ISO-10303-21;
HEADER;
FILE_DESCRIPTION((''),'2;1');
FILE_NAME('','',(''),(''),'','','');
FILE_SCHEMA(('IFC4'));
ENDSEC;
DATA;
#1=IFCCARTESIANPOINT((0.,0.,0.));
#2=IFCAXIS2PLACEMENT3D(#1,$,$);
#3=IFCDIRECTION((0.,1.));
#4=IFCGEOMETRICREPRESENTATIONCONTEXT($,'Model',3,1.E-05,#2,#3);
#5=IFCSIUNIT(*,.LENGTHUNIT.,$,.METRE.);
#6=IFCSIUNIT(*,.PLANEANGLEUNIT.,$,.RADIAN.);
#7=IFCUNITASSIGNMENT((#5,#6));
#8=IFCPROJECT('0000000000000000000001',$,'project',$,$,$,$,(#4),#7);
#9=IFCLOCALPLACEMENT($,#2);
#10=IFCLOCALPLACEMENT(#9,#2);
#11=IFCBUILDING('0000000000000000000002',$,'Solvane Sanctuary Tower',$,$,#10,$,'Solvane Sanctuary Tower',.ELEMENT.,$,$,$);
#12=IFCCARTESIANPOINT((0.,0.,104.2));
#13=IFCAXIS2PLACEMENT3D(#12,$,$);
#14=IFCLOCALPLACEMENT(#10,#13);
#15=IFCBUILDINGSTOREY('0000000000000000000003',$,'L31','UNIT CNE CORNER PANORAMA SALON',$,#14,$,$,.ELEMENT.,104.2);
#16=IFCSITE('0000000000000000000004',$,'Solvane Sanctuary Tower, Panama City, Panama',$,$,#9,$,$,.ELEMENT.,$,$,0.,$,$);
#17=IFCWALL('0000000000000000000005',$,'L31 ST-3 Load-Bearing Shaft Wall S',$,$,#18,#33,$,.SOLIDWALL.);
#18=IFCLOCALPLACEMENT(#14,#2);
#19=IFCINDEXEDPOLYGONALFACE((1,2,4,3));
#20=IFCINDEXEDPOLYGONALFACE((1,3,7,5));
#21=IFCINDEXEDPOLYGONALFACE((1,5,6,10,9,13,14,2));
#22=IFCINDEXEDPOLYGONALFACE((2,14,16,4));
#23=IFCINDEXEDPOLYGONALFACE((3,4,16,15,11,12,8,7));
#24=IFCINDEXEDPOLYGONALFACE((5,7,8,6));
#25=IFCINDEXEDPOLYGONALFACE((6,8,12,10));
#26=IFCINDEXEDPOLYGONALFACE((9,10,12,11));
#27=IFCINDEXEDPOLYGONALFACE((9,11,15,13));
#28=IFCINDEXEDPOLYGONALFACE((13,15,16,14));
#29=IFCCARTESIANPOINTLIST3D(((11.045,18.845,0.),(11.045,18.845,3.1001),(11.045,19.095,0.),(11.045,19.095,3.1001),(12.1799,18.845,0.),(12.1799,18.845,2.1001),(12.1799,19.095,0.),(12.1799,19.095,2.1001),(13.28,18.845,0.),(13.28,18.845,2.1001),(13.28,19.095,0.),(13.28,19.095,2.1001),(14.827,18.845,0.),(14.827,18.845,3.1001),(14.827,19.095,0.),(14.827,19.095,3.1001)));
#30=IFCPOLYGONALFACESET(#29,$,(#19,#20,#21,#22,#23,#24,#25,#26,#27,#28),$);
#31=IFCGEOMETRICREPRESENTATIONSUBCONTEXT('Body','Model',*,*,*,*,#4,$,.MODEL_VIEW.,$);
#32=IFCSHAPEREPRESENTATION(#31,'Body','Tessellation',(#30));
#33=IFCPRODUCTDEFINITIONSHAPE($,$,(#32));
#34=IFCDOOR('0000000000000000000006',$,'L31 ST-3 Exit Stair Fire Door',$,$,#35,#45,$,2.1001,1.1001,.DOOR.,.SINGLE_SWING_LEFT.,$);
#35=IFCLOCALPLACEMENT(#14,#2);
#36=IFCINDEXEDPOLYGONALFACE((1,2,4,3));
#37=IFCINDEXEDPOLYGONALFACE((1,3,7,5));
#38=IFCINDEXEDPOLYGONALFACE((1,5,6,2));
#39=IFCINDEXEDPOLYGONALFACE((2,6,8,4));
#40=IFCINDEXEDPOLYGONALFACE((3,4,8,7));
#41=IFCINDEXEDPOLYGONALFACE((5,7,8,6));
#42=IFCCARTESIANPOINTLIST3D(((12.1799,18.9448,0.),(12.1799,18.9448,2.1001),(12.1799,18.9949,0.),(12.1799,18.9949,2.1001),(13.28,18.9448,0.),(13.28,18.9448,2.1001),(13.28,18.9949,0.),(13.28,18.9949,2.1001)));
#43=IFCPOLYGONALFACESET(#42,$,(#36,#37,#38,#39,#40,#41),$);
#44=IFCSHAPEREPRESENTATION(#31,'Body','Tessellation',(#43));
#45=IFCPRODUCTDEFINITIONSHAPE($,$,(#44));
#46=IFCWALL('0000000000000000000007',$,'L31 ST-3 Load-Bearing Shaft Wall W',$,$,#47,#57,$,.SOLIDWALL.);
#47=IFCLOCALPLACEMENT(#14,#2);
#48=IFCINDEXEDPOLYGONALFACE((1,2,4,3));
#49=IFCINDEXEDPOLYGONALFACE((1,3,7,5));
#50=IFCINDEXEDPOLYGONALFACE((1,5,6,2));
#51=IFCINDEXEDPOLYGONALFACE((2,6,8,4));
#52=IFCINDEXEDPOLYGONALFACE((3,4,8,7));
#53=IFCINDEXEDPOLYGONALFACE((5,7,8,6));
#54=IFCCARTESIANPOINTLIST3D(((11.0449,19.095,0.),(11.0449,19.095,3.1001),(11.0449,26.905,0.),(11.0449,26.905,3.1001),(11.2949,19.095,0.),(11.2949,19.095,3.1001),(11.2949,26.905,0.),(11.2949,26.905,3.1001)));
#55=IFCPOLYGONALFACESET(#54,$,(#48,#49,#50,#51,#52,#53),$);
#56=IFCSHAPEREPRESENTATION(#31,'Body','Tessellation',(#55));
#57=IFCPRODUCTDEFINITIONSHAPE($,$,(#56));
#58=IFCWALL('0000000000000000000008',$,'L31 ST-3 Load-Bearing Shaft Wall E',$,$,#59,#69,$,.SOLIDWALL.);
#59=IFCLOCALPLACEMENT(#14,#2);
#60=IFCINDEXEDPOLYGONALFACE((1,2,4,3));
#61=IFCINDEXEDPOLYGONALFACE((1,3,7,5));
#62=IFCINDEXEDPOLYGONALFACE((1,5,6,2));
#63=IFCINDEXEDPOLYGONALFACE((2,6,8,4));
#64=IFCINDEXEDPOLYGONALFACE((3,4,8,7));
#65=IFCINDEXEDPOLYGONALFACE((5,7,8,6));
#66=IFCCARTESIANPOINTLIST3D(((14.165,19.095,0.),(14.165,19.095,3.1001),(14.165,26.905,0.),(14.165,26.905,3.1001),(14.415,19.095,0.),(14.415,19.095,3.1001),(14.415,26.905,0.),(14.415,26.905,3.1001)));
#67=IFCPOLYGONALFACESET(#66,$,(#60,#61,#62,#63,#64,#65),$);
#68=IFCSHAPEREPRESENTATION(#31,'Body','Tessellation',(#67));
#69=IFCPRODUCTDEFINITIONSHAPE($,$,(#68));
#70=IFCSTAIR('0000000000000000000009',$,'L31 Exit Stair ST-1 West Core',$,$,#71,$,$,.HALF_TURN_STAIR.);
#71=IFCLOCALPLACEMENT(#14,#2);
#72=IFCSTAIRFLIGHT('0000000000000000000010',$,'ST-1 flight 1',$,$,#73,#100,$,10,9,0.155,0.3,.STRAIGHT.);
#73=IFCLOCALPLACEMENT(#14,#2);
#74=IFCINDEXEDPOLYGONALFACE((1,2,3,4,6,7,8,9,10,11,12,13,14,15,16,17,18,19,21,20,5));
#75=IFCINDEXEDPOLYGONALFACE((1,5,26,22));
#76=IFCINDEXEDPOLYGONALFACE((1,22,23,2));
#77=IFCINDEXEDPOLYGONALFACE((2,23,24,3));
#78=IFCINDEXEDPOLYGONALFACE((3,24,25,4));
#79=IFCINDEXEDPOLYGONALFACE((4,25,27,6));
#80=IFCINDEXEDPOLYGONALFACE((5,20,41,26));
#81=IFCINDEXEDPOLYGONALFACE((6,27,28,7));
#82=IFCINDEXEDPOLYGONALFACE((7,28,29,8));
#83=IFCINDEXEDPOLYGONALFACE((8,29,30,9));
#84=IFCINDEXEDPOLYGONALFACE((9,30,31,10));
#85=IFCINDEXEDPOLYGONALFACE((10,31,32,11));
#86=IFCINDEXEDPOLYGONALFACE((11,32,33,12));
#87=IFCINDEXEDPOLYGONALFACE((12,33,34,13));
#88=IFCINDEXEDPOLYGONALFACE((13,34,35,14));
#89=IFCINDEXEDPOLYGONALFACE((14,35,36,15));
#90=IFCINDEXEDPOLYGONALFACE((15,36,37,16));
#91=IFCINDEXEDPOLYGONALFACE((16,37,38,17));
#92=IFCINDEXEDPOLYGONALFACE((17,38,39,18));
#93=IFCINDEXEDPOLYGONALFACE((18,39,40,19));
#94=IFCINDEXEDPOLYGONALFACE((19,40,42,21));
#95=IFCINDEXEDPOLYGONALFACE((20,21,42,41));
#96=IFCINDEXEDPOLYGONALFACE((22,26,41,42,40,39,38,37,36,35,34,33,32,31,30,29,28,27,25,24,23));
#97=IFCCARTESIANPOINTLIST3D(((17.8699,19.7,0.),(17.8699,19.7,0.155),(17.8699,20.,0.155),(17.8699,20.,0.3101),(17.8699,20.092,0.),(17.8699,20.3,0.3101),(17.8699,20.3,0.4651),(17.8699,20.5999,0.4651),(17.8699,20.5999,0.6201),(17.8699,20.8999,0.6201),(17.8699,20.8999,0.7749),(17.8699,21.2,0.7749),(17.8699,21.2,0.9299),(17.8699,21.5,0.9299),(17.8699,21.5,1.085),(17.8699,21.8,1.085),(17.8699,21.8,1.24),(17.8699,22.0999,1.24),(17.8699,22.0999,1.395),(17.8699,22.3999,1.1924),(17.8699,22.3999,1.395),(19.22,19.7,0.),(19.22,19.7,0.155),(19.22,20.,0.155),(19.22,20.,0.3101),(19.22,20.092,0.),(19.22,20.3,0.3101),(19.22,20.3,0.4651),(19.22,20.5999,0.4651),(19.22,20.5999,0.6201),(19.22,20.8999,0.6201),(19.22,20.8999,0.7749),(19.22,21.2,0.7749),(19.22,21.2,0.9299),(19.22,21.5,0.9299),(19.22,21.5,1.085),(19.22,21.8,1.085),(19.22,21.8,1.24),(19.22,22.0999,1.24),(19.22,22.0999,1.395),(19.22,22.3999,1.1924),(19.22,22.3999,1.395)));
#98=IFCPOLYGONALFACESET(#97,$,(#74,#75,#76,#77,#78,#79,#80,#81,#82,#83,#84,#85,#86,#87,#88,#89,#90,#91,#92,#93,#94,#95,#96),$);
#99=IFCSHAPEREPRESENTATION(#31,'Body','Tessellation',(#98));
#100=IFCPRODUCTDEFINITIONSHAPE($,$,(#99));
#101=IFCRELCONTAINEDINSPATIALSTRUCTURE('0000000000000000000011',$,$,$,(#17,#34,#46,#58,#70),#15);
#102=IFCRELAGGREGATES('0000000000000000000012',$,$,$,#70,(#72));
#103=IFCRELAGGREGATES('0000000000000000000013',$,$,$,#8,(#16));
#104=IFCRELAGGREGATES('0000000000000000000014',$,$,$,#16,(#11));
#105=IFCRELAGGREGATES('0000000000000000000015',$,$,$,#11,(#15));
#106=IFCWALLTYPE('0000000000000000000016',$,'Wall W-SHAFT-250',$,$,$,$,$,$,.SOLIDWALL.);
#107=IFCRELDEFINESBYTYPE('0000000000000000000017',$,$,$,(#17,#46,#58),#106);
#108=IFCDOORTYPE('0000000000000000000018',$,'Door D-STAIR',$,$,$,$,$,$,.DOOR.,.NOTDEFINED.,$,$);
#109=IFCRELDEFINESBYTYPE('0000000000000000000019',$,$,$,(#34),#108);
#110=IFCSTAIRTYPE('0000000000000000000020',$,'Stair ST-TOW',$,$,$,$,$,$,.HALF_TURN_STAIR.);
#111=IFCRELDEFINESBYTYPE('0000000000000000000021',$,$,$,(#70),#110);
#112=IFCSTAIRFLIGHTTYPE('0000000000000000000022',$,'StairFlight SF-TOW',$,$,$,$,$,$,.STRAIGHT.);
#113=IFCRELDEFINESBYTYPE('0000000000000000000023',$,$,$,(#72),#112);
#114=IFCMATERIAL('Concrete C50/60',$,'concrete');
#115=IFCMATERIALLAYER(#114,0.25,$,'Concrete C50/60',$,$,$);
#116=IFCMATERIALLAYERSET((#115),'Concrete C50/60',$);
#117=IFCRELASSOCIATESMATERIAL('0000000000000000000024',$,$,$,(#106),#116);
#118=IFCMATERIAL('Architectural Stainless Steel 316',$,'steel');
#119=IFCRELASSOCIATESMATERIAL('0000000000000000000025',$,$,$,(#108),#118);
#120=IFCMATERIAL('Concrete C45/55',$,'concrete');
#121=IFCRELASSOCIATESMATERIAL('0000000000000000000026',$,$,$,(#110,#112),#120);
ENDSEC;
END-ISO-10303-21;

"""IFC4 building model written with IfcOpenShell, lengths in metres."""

from ifc_helpers import new_model, si_unit, direction, frame, frame_2d, origin, place, context, subcontext, project, spatial, polyline, rectangle, outline, extrude, material, layer, layer_set, type_object, element, fill, aggregate, save


model = new_model("IFC4")

# Units and contexts
model_context = context("Model", 3, precision=1e-05, world=origin(), true_north=direction((0.0, 1.0)))
body_context = subcontext(model_context, "Body", "Model", "MODEL_VIEW")
ifc_project = project(units=[si_unit("LENGTHUNIT", "METRE"), si_unit("PLANEANGLEUNIT", "RADIAN")], contexts=[model_context])

# Site, building, storey
site_placement = place(None, origin())
site = spatial("IfcSite", under=ifc_project, at=site_placement, Name="Solvane Sanctuary Tower, Panama City, Panama", CompositionType="ELEMENT", RefElevation=0.0)
building_placement = place(site_placement, origin())
building = spatial("IfcBuilding", under=site, at=building_placement, Name="Solvane Sanctuary Tower", LongName="Solvane Sanctuary Tower", CompositionType="ELEMENT")
storey_placement = place(building_placement, frame((0.0, 0.0, 104.2)))
storey = spatial("IfcBuildingStorey", under=building, at=storey_placement, Name="L31", Description="UNIT CNE CORNER PANORAMA SALON", CompositionType="ELEMENT", Elevation=104.2)

# Shared definitions
ifc_material_1 = material(Name="Concrete C50/60", Category="concrete")
ifc_layer_1 = layer(ifc_material_1, 0.25, Name="Concrete C50/60")
ifc_layer_set_1 = layer_set([ifc_layer_1], Name="Concrete C50/60")
wall_type_1 = type_object("IfcWallType", Name="Wall W-SHAFT-250", PredefinedType="SOLIDWALL", material=ifc_layer_set_1)
ifc_material_2 = material(Name="Architectural Stainless Steel 316", Category="steel")
door_type_1 = type_object("IfcDoorType", Name="Door D-STAIR", OperationType="NOTDEFINED", PredefinedType="DOOR", material=ifc_material_2)

# Wall, opening, door
wall_1_placement = place(storey_placement, frame((11.0449, 18.97, 0.0), z_axis=(0.0, 0.0, 1.0), x_axis=(1.0, 0.0, 0.0)))
wall_1 = element("IfcWall", 1, at=wall_1_placement, inside=storey, type_object=wall_type_1, Name="L31 ST-3 Load-Bearing Shaft Wall S", PredefinedType="SOLIDWALL", context=body_context, shape_type="SweptSolid", body=[
    extrude(rectangle(XDim=3.782, YDim=0.25, at=frame_2d((1.8911, 0.0))), origin(), (0.0, 0.0, 1.0), 3.1001),
])
opening_1_placement = place(wall_1_placement, frame((1.135, 0.0, 0.0)))
opening_1 = element("IfcOpeningElement", 2, at=opening_1_placement, cuts=wall_1, PredefinedType="OPENING", context=body_context, shape_type="SweptSolid", body=[
    extrude(rectangle(XDim=1.1001, YDim=2.1001, at=frame_2d((0.55, 1.05))), frame((0.0, 0.135, 0.0), z_axis=(0.0, -1.0, 0.0), x_axis=(1.0, 0.0, 0.0)), (0.0, 0.0, 1.0), 0.27),
])
door_1_placement = place(opening_1_placement, origin())
door_1 = element("IfcDoor", 3, at=door_1_placement, inside=storey, type_object=door_type_1, Name="L31 ST-3 Exit Stair Fire Door", OperationType="SINGLE_SWING_LEFT", OverallHeight=2.1001, OverallWidth=1.1001, PredefinedType="DOOR", context=body_context, shape_type="SweptSolid", body=[
    extrude(rectangle(XDim=1.1001, YDim=2.1001, at=frame_2d((0.55, 1.05))), frame((0.0, 0.0249, 0.0), z_axis=(0.0, -1.0, 0.0), x_axis=(1.0, 0.0, 0.0)), (0.0, 0.0, 1.0), 0.05),
])
fill(opening_1, door_1)

# Walls
for number, where, z_axis, x_axis, name in (
    (4, (11.1699, 19.095, 0.0), (0.0, 0.0, 1.0), (0.0, 1.0, 0.0), "L31 ST-3 Load-Bearing Shaft Wall W"),
    (5, (14.29, 19.095, 0.0), (0.0, 0.0, 1.0), (0.0, 1.0, 0.0), "L31 ST-3 Load-Bearing Shaft Wall E"),
):
    element("IfcWall", number, at=place(storey_placement, frame(where, z_axis=z_axis, x_axis=x_axis)), inside=storey, type_object=wall_type_1, Name=name, PredefinedType="SOLIDWALL", context=body_context, shape_type="SweptSolid", body=[
        extrude(rectangle(XDim=7.8101, YDim=0.25, at=frame_2d((3.905, 0.0))), origin(), (0.0, 0.0, 1.0), 3.1001),
    ])

# Stair, stair flight
ifc_material_3 = material(Name="Concrete C45/55", Category="concrete")
stair_type = type_object("IfcStairType", Name="Stair ST-TOW", PredefinedType="HALF_TURN_STAIR", material=ifc_material_3)
stair_placement = place(storey_placement, origin())
stair = element("IfcStair", 6, at=stair_placement, inside=storey, type_object=stair_type, Name="L31 Exit Stair ST-1 West Core", PredefinedType="HALF_TURN_STAIR")
stair_flight_type = type_object("IfcStairFlightType", Name="StairFlight SF-TOW", PredefinedType="STRAIGHT", material=ifc_material_3)
stair_flight_placement = place(storey_placement, frame((18.5449, 19.7, 0.0), z_axis=(0.0, 0.0, 1.0), x_axis=(0.0, 1.0, 0.0)))
stair_flight = element("IfcStairFlight", 7, at=stair_flight_placement, type_object=stair_flight_type, Name="ST-1 flight 1", NumberOfRisers=10, NumberOfTreads=9, PredefinedType="STRAIGHT", RiserHeight=0.155, TreadLength=0.3, context=body_context, shape_type="SweptSolid", body=[
    extrude(outline(polyline([(0.0, 0.0), (0.0, 0.155), (0.3, 0.155), (0.3, 0.3101), (0.6001, 0.3101), (0.6001, 0.4651), (0.8999, 0.4651), (0.8999, 0.6201), (1.2, 0.6201), (1.2, 0.7749), (1.5, 0.7749), (1.5, 0.9299), (1.8, 0.9299), (1.8, 1.085), (2.1001, 1.085), (2.1001, 1.24), (2.3999, 1.24), (2.3999, 1.395), (2.7, 1.395), (2.7, 1.55), (2.7, 1.1924), (0.3921, 0.0), (0.0, 0.0)])), frame((0.0, 0.675, 0.0), z_axis=(0.0, -1.0, 0.0), x_axis=(1.0, 0.0, 0.0)), (0.0, 0.0, 1.0), 1.3501),
])
aggregate(stair, [stair_flight])

save(model, "model.ifc")
